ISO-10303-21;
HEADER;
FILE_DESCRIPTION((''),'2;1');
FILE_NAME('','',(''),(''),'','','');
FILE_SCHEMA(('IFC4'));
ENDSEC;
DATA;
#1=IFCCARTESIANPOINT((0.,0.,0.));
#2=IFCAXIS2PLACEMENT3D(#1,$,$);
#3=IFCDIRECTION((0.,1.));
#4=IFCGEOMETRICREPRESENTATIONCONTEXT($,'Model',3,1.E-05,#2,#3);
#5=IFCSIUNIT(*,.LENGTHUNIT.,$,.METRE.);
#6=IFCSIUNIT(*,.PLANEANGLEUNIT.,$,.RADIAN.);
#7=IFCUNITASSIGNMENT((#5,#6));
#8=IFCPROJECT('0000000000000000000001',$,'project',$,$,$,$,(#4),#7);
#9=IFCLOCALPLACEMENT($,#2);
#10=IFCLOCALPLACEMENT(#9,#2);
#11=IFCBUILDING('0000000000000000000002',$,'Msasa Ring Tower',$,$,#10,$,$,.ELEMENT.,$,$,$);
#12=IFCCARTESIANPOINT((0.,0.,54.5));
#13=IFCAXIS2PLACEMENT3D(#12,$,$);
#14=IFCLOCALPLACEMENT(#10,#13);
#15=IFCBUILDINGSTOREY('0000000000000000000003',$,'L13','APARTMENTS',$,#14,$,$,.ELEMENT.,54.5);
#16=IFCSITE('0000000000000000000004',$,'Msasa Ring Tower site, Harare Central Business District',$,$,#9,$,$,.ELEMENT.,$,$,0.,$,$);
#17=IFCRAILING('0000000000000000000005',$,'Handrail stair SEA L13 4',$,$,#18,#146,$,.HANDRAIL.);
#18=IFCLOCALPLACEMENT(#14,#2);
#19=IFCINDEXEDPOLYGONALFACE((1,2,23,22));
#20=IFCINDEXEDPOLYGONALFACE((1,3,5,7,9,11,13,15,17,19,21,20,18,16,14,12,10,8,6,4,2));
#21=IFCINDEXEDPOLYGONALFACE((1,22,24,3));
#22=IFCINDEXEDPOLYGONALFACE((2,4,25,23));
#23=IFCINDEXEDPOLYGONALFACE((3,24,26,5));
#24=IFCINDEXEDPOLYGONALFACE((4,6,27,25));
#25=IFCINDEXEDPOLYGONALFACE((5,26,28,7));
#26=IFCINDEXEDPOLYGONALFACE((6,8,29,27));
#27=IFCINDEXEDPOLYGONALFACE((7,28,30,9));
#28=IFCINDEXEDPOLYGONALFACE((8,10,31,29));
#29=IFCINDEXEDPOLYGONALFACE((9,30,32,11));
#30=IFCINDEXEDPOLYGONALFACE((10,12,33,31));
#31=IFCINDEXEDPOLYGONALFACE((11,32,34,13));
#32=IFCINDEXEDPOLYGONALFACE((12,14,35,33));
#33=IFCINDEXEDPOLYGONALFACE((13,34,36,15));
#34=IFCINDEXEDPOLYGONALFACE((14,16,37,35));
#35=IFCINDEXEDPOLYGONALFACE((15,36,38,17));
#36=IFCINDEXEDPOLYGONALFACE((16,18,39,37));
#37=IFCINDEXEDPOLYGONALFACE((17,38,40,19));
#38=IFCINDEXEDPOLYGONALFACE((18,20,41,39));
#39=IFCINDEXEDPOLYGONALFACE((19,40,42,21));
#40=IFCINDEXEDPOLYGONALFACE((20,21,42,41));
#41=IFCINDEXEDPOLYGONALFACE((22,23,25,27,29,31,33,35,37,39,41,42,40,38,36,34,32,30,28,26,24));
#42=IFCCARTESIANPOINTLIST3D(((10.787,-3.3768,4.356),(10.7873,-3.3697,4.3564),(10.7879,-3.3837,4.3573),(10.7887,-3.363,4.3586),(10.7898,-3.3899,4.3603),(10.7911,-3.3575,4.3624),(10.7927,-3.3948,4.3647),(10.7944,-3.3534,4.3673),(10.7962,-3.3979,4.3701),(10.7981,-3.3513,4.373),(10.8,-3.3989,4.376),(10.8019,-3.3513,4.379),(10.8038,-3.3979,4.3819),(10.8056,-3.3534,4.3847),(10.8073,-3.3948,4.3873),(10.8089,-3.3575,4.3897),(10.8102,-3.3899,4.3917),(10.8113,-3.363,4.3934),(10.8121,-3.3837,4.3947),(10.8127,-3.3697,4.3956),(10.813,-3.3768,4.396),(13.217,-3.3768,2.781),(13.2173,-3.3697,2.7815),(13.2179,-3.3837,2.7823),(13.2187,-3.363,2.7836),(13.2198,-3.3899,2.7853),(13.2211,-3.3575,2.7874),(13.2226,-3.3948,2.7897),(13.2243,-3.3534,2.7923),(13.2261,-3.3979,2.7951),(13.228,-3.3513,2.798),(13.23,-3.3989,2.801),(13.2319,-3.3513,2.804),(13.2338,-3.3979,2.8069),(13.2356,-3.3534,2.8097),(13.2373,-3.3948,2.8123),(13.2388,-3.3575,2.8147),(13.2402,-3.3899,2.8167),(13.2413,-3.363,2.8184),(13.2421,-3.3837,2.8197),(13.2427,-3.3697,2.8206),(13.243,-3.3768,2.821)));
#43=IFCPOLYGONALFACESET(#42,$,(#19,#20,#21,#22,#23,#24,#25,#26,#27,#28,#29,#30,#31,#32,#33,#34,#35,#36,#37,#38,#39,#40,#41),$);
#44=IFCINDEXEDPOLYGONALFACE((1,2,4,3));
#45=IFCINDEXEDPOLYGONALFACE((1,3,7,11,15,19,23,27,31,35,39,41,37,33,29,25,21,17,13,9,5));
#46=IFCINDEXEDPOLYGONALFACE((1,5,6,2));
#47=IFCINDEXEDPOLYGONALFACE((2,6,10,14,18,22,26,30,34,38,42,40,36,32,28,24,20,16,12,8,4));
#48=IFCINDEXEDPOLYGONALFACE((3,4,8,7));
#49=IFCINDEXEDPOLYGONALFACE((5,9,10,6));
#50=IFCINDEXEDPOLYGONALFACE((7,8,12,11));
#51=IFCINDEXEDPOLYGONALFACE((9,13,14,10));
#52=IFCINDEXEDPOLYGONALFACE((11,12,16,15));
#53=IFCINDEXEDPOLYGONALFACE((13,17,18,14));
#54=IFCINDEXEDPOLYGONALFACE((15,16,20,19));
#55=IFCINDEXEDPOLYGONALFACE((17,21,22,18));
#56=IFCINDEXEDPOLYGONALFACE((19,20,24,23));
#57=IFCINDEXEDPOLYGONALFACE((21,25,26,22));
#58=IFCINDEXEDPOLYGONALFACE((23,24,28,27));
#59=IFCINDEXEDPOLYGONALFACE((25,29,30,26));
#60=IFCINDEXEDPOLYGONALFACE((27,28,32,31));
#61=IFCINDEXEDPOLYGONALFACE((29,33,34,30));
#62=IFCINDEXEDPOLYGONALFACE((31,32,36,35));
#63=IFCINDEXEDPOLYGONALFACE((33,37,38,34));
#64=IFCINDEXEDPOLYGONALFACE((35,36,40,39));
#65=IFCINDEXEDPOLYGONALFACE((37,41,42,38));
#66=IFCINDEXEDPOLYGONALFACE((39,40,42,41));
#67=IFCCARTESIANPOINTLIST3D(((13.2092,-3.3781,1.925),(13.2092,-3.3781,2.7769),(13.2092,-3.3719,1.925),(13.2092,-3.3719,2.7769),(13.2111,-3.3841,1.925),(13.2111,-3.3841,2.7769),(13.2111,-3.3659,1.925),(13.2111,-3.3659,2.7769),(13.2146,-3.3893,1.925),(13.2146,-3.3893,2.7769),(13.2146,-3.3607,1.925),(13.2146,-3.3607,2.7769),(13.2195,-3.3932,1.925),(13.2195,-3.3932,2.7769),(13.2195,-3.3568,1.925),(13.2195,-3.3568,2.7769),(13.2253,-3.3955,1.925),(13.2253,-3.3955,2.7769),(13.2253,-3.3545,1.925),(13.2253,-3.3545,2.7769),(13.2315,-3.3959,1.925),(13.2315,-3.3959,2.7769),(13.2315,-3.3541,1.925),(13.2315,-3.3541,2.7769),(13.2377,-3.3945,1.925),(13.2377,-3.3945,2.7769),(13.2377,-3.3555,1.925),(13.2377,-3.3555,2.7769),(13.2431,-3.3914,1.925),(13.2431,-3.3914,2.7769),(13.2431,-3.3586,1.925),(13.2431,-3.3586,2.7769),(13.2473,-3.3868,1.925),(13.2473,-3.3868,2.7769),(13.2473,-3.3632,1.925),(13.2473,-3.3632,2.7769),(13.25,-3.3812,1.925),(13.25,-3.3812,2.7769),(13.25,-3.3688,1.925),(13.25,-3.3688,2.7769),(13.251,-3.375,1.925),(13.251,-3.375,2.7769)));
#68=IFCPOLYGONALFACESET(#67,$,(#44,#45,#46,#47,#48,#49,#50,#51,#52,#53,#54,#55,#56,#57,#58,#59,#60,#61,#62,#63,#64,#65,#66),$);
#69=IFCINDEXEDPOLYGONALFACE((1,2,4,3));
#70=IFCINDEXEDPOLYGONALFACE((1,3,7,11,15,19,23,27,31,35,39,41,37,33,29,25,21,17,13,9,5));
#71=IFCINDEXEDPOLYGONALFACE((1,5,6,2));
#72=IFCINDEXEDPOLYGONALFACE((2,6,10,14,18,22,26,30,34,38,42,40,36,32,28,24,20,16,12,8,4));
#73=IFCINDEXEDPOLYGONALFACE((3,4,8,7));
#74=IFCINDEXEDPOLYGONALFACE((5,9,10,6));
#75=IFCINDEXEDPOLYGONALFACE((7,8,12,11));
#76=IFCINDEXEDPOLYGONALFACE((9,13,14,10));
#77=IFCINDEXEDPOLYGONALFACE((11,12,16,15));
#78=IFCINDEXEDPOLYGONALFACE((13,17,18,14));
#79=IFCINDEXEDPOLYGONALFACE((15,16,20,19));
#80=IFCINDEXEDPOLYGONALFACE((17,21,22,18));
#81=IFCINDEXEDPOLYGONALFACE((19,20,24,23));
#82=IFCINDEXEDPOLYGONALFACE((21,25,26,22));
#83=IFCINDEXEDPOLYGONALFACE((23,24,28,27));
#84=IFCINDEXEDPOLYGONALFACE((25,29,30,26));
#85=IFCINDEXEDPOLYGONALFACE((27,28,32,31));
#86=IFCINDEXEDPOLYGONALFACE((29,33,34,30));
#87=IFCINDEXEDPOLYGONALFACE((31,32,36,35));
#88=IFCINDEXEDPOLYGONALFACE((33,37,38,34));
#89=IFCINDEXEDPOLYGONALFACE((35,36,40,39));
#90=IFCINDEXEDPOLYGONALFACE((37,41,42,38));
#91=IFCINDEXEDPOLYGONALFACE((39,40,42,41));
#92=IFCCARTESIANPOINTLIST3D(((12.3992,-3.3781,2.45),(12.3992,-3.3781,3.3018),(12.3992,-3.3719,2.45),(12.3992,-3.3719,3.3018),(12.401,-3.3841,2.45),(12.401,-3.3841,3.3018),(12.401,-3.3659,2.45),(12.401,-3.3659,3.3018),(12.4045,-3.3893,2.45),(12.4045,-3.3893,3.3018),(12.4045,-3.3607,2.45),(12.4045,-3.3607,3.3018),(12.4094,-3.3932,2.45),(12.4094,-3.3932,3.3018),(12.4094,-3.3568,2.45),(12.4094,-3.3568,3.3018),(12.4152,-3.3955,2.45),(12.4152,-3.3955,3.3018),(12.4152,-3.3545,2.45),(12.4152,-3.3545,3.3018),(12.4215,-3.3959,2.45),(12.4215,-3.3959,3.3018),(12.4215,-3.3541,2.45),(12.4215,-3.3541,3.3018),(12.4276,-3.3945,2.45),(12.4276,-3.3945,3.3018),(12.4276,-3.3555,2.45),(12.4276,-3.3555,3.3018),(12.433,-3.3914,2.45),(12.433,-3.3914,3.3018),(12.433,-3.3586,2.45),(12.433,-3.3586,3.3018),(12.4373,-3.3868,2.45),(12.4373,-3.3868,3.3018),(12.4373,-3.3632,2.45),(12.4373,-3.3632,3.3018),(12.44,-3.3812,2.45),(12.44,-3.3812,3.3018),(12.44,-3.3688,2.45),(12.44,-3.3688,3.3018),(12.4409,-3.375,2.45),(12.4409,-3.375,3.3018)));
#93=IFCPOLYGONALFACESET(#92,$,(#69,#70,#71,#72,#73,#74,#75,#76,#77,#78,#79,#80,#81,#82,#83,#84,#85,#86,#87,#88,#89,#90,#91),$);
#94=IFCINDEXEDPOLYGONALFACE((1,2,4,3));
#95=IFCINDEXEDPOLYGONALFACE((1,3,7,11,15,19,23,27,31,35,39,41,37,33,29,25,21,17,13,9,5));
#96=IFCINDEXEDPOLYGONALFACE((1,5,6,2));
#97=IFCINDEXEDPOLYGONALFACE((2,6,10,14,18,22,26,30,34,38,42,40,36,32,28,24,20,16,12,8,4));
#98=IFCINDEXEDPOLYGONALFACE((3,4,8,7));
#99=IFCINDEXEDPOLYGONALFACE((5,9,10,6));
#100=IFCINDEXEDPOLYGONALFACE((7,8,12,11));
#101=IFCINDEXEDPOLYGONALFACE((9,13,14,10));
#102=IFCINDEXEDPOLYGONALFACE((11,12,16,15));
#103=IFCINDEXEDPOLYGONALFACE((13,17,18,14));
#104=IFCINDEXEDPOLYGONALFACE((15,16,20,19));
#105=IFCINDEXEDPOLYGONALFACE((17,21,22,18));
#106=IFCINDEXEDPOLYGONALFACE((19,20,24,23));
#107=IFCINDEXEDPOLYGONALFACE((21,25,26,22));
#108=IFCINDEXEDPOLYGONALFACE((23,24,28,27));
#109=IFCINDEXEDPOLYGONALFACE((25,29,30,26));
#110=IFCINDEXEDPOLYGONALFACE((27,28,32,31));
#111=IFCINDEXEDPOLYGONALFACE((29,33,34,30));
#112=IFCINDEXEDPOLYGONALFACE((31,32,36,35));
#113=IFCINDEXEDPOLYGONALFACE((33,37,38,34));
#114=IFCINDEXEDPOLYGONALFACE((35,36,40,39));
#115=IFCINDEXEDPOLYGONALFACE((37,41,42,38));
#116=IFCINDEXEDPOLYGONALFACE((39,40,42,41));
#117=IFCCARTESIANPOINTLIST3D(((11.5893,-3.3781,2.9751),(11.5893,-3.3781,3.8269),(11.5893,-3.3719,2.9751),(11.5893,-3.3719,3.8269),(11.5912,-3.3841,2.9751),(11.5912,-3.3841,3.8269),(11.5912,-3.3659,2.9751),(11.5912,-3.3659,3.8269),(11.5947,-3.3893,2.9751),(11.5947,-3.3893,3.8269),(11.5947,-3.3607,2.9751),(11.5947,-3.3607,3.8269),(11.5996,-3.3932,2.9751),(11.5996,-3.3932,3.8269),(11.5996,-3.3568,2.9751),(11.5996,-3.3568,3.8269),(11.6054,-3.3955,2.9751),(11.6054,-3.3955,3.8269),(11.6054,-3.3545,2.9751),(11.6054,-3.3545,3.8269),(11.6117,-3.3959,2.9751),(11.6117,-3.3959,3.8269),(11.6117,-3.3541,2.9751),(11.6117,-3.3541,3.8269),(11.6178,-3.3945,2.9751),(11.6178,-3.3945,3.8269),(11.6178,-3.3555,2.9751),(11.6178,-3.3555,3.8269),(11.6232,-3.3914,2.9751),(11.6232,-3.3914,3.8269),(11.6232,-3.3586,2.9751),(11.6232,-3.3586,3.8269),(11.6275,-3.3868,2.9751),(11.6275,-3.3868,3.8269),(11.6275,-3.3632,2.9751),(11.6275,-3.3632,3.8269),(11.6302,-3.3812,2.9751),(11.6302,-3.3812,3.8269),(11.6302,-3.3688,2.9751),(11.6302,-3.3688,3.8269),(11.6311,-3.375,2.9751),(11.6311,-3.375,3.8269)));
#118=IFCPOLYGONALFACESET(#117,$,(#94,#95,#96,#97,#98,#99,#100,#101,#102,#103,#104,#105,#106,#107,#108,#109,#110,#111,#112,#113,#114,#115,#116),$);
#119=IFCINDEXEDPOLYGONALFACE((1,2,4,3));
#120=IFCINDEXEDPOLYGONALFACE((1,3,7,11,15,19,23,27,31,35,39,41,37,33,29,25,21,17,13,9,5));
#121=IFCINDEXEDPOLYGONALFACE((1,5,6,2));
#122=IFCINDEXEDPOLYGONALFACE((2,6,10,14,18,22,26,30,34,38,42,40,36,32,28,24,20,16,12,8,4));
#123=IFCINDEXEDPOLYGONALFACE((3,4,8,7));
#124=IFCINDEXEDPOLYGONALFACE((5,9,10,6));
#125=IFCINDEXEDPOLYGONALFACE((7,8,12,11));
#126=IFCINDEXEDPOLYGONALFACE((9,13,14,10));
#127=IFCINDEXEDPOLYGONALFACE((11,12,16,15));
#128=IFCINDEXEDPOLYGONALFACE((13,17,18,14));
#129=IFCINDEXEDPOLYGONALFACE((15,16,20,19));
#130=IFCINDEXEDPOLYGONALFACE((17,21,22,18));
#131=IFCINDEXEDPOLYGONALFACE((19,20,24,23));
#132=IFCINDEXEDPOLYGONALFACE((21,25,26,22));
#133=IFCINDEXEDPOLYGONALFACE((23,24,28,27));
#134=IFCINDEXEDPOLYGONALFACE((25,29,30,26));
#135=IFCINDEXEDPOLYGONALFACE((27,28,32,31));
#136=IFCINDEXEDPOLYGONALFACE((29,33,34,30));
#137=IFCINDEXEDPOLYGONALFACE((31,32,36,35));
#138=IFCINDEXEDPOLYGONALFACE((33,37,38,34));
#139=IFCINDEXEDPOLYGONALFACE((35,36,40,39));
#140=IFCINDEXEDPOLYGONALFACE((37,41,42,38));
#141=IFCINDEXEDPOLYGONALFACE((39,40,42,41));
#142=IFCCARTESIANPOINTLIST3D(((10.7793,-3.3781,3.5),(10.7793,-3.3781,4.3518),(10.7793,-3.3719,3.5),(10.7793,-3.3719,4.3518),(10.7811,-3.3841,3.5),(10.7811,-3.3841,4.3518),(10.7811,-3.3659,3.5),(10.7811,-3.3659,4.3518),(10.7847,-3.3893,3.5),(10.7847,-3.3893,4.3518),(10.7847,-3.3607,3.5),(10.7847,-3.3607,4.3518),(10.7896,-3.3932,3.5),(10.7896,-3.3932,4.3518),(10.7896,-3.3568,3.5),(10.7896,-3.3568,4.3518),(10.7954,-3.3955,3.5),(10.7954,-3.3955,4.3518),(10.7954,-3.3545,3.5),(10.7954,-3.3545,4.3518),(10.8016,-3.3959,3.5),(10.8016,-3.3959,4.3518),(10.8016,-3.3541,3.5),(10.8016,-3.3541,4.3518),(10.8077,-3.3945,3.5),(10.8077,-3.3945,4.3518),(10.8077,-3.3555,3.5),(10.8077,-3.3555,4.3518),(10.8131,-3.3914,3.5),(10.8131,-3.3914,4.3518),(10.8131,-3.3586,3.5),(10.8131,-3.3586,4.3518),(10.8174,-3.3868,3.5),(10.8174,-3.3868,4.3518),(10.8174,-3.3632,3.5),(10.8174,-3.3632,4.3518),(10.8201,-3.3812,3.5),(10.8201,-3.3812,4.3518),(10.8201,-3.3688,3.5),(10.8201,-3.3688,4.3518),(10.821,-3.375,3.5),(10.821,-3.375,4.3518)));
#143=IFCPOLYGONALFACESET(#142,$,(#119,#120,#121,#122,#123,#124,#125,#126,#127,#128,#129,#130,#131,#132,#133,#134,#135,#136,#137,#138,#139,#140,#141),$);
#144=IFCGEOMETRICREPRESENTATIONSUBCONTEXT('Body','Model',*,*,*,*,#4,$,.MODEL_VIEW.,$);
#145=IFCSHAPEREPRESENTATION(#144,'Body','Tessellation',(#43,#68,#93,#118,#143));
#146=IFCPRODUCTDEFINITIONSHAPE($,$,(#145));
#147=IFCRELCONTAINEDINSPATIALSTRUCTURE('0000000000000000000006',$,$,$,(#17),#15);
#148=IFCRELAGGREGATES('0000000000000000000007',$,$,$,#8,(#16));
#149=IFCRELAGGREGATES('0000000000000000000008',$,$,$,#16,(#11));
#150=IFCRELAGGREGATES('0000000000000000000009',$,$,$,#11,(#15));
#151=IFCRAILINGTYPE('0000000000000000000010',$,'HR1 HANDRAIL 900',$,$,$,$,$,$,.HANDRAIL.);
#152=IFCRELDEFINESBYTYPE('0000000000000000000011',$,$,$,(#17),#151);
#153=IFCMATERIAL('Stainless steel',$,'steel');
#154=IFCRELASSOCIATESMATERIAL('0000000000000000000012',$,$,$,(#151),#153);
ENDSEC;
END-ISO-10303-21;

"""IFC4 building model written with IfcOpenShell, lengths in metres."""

from ifc_helpers import new_model, si_unit, direction, frame, origin, origin_2d, place, context, subcontext, project, spatial, circle, extrude, material, type_object, element, save


model = new_model("IFC4")

# Units and contexts
model_context = context("Model", 3, precision=1e-05, world=origin(), true_north=direction((0.0, 1.0)))
body_context = subcontext(model_context, "Body", "Model", "MODEL_VIEW")
ifc_project = project(units=[si_unit("LENGTHUNIT", "METRE"), si_unit("PLANEANGLEUNIT", "RADIAN")], contexts=[model_context])

# Site, building, storey
site_placement = place(None, origin())
site = spatial("IfcSite", under=ifc_project, at=site_placement, Name="Msasa Ring Tower site, Harare Central Business District", CompositionType="ELEMENT", RefElevation=0.0)
building_placement = place(site_placement, origin())
building = spatial("IfcBuilding", under=site, at=building_placement, Name="Msasa Ring Tower", CompositionType="ELEMENT")
storey_placement = place(building_placement, frame((0.0, 0.0, 54.5)))
storey = spatial("IfcBuildingStorey", under=building, at=storey_placement, Name="L13", Description="APARTMENTS", CompositionType="ELEMENT", Elevation=54.5)

# Railing
ifc_material_1 = material(Name="Stainless steel", Category="steel")
railing_type = type_object("IfcRailingType", Name="HR1 HANDRAIL 900", PredefinedType="HANDRAIL", material=ifc_material_1)
for number, where, name in (
    (1, (13.23, -3.375, 1.925), "Handrail stair SEA L13 4"),
):
    element("IfcRailing", number, at=place(storey_placement, frame(where)), inside=storey, type_object=railing_type, Name=name, PredefinedType="HANDRAIL", context=body_context, shape_type="SweptSolid", body=[
        extrude(circle(Radius=0.0239, at=origin_2d()), frame((0.0, 0.0, 0.876), z_axis=(-0.839154, 0.0, 0.543894), x_axis=(0.0, -1.0, 0.0)), (0.0, 0.0, 1.0), 2.8958),
        extrude(circle(Radius=0.021, at=origin_2d()), origin(), (0.0, 0.0, 1.0), 0.8518),
        extrude(circle(Radius=0.021, at=origin_2d()), frame((-0.8101, 0.0, 0.5249)), (0.0, 0.0, 1.0), 0.8518),
        extrude(circle(Radius=0.021, at=origin_2d()), frame((-1.6199, 0.0, 1.05)), (0.0, 0.0, 1.0), 0.8518),
        extrude(circle(Radius=0.021, at=origin_2d()), frame((-2.4299, 0.0, 1.575)), (0.0, 0.0, 1.0), 0.8518),
    ])

save(model, "model.ifc")
